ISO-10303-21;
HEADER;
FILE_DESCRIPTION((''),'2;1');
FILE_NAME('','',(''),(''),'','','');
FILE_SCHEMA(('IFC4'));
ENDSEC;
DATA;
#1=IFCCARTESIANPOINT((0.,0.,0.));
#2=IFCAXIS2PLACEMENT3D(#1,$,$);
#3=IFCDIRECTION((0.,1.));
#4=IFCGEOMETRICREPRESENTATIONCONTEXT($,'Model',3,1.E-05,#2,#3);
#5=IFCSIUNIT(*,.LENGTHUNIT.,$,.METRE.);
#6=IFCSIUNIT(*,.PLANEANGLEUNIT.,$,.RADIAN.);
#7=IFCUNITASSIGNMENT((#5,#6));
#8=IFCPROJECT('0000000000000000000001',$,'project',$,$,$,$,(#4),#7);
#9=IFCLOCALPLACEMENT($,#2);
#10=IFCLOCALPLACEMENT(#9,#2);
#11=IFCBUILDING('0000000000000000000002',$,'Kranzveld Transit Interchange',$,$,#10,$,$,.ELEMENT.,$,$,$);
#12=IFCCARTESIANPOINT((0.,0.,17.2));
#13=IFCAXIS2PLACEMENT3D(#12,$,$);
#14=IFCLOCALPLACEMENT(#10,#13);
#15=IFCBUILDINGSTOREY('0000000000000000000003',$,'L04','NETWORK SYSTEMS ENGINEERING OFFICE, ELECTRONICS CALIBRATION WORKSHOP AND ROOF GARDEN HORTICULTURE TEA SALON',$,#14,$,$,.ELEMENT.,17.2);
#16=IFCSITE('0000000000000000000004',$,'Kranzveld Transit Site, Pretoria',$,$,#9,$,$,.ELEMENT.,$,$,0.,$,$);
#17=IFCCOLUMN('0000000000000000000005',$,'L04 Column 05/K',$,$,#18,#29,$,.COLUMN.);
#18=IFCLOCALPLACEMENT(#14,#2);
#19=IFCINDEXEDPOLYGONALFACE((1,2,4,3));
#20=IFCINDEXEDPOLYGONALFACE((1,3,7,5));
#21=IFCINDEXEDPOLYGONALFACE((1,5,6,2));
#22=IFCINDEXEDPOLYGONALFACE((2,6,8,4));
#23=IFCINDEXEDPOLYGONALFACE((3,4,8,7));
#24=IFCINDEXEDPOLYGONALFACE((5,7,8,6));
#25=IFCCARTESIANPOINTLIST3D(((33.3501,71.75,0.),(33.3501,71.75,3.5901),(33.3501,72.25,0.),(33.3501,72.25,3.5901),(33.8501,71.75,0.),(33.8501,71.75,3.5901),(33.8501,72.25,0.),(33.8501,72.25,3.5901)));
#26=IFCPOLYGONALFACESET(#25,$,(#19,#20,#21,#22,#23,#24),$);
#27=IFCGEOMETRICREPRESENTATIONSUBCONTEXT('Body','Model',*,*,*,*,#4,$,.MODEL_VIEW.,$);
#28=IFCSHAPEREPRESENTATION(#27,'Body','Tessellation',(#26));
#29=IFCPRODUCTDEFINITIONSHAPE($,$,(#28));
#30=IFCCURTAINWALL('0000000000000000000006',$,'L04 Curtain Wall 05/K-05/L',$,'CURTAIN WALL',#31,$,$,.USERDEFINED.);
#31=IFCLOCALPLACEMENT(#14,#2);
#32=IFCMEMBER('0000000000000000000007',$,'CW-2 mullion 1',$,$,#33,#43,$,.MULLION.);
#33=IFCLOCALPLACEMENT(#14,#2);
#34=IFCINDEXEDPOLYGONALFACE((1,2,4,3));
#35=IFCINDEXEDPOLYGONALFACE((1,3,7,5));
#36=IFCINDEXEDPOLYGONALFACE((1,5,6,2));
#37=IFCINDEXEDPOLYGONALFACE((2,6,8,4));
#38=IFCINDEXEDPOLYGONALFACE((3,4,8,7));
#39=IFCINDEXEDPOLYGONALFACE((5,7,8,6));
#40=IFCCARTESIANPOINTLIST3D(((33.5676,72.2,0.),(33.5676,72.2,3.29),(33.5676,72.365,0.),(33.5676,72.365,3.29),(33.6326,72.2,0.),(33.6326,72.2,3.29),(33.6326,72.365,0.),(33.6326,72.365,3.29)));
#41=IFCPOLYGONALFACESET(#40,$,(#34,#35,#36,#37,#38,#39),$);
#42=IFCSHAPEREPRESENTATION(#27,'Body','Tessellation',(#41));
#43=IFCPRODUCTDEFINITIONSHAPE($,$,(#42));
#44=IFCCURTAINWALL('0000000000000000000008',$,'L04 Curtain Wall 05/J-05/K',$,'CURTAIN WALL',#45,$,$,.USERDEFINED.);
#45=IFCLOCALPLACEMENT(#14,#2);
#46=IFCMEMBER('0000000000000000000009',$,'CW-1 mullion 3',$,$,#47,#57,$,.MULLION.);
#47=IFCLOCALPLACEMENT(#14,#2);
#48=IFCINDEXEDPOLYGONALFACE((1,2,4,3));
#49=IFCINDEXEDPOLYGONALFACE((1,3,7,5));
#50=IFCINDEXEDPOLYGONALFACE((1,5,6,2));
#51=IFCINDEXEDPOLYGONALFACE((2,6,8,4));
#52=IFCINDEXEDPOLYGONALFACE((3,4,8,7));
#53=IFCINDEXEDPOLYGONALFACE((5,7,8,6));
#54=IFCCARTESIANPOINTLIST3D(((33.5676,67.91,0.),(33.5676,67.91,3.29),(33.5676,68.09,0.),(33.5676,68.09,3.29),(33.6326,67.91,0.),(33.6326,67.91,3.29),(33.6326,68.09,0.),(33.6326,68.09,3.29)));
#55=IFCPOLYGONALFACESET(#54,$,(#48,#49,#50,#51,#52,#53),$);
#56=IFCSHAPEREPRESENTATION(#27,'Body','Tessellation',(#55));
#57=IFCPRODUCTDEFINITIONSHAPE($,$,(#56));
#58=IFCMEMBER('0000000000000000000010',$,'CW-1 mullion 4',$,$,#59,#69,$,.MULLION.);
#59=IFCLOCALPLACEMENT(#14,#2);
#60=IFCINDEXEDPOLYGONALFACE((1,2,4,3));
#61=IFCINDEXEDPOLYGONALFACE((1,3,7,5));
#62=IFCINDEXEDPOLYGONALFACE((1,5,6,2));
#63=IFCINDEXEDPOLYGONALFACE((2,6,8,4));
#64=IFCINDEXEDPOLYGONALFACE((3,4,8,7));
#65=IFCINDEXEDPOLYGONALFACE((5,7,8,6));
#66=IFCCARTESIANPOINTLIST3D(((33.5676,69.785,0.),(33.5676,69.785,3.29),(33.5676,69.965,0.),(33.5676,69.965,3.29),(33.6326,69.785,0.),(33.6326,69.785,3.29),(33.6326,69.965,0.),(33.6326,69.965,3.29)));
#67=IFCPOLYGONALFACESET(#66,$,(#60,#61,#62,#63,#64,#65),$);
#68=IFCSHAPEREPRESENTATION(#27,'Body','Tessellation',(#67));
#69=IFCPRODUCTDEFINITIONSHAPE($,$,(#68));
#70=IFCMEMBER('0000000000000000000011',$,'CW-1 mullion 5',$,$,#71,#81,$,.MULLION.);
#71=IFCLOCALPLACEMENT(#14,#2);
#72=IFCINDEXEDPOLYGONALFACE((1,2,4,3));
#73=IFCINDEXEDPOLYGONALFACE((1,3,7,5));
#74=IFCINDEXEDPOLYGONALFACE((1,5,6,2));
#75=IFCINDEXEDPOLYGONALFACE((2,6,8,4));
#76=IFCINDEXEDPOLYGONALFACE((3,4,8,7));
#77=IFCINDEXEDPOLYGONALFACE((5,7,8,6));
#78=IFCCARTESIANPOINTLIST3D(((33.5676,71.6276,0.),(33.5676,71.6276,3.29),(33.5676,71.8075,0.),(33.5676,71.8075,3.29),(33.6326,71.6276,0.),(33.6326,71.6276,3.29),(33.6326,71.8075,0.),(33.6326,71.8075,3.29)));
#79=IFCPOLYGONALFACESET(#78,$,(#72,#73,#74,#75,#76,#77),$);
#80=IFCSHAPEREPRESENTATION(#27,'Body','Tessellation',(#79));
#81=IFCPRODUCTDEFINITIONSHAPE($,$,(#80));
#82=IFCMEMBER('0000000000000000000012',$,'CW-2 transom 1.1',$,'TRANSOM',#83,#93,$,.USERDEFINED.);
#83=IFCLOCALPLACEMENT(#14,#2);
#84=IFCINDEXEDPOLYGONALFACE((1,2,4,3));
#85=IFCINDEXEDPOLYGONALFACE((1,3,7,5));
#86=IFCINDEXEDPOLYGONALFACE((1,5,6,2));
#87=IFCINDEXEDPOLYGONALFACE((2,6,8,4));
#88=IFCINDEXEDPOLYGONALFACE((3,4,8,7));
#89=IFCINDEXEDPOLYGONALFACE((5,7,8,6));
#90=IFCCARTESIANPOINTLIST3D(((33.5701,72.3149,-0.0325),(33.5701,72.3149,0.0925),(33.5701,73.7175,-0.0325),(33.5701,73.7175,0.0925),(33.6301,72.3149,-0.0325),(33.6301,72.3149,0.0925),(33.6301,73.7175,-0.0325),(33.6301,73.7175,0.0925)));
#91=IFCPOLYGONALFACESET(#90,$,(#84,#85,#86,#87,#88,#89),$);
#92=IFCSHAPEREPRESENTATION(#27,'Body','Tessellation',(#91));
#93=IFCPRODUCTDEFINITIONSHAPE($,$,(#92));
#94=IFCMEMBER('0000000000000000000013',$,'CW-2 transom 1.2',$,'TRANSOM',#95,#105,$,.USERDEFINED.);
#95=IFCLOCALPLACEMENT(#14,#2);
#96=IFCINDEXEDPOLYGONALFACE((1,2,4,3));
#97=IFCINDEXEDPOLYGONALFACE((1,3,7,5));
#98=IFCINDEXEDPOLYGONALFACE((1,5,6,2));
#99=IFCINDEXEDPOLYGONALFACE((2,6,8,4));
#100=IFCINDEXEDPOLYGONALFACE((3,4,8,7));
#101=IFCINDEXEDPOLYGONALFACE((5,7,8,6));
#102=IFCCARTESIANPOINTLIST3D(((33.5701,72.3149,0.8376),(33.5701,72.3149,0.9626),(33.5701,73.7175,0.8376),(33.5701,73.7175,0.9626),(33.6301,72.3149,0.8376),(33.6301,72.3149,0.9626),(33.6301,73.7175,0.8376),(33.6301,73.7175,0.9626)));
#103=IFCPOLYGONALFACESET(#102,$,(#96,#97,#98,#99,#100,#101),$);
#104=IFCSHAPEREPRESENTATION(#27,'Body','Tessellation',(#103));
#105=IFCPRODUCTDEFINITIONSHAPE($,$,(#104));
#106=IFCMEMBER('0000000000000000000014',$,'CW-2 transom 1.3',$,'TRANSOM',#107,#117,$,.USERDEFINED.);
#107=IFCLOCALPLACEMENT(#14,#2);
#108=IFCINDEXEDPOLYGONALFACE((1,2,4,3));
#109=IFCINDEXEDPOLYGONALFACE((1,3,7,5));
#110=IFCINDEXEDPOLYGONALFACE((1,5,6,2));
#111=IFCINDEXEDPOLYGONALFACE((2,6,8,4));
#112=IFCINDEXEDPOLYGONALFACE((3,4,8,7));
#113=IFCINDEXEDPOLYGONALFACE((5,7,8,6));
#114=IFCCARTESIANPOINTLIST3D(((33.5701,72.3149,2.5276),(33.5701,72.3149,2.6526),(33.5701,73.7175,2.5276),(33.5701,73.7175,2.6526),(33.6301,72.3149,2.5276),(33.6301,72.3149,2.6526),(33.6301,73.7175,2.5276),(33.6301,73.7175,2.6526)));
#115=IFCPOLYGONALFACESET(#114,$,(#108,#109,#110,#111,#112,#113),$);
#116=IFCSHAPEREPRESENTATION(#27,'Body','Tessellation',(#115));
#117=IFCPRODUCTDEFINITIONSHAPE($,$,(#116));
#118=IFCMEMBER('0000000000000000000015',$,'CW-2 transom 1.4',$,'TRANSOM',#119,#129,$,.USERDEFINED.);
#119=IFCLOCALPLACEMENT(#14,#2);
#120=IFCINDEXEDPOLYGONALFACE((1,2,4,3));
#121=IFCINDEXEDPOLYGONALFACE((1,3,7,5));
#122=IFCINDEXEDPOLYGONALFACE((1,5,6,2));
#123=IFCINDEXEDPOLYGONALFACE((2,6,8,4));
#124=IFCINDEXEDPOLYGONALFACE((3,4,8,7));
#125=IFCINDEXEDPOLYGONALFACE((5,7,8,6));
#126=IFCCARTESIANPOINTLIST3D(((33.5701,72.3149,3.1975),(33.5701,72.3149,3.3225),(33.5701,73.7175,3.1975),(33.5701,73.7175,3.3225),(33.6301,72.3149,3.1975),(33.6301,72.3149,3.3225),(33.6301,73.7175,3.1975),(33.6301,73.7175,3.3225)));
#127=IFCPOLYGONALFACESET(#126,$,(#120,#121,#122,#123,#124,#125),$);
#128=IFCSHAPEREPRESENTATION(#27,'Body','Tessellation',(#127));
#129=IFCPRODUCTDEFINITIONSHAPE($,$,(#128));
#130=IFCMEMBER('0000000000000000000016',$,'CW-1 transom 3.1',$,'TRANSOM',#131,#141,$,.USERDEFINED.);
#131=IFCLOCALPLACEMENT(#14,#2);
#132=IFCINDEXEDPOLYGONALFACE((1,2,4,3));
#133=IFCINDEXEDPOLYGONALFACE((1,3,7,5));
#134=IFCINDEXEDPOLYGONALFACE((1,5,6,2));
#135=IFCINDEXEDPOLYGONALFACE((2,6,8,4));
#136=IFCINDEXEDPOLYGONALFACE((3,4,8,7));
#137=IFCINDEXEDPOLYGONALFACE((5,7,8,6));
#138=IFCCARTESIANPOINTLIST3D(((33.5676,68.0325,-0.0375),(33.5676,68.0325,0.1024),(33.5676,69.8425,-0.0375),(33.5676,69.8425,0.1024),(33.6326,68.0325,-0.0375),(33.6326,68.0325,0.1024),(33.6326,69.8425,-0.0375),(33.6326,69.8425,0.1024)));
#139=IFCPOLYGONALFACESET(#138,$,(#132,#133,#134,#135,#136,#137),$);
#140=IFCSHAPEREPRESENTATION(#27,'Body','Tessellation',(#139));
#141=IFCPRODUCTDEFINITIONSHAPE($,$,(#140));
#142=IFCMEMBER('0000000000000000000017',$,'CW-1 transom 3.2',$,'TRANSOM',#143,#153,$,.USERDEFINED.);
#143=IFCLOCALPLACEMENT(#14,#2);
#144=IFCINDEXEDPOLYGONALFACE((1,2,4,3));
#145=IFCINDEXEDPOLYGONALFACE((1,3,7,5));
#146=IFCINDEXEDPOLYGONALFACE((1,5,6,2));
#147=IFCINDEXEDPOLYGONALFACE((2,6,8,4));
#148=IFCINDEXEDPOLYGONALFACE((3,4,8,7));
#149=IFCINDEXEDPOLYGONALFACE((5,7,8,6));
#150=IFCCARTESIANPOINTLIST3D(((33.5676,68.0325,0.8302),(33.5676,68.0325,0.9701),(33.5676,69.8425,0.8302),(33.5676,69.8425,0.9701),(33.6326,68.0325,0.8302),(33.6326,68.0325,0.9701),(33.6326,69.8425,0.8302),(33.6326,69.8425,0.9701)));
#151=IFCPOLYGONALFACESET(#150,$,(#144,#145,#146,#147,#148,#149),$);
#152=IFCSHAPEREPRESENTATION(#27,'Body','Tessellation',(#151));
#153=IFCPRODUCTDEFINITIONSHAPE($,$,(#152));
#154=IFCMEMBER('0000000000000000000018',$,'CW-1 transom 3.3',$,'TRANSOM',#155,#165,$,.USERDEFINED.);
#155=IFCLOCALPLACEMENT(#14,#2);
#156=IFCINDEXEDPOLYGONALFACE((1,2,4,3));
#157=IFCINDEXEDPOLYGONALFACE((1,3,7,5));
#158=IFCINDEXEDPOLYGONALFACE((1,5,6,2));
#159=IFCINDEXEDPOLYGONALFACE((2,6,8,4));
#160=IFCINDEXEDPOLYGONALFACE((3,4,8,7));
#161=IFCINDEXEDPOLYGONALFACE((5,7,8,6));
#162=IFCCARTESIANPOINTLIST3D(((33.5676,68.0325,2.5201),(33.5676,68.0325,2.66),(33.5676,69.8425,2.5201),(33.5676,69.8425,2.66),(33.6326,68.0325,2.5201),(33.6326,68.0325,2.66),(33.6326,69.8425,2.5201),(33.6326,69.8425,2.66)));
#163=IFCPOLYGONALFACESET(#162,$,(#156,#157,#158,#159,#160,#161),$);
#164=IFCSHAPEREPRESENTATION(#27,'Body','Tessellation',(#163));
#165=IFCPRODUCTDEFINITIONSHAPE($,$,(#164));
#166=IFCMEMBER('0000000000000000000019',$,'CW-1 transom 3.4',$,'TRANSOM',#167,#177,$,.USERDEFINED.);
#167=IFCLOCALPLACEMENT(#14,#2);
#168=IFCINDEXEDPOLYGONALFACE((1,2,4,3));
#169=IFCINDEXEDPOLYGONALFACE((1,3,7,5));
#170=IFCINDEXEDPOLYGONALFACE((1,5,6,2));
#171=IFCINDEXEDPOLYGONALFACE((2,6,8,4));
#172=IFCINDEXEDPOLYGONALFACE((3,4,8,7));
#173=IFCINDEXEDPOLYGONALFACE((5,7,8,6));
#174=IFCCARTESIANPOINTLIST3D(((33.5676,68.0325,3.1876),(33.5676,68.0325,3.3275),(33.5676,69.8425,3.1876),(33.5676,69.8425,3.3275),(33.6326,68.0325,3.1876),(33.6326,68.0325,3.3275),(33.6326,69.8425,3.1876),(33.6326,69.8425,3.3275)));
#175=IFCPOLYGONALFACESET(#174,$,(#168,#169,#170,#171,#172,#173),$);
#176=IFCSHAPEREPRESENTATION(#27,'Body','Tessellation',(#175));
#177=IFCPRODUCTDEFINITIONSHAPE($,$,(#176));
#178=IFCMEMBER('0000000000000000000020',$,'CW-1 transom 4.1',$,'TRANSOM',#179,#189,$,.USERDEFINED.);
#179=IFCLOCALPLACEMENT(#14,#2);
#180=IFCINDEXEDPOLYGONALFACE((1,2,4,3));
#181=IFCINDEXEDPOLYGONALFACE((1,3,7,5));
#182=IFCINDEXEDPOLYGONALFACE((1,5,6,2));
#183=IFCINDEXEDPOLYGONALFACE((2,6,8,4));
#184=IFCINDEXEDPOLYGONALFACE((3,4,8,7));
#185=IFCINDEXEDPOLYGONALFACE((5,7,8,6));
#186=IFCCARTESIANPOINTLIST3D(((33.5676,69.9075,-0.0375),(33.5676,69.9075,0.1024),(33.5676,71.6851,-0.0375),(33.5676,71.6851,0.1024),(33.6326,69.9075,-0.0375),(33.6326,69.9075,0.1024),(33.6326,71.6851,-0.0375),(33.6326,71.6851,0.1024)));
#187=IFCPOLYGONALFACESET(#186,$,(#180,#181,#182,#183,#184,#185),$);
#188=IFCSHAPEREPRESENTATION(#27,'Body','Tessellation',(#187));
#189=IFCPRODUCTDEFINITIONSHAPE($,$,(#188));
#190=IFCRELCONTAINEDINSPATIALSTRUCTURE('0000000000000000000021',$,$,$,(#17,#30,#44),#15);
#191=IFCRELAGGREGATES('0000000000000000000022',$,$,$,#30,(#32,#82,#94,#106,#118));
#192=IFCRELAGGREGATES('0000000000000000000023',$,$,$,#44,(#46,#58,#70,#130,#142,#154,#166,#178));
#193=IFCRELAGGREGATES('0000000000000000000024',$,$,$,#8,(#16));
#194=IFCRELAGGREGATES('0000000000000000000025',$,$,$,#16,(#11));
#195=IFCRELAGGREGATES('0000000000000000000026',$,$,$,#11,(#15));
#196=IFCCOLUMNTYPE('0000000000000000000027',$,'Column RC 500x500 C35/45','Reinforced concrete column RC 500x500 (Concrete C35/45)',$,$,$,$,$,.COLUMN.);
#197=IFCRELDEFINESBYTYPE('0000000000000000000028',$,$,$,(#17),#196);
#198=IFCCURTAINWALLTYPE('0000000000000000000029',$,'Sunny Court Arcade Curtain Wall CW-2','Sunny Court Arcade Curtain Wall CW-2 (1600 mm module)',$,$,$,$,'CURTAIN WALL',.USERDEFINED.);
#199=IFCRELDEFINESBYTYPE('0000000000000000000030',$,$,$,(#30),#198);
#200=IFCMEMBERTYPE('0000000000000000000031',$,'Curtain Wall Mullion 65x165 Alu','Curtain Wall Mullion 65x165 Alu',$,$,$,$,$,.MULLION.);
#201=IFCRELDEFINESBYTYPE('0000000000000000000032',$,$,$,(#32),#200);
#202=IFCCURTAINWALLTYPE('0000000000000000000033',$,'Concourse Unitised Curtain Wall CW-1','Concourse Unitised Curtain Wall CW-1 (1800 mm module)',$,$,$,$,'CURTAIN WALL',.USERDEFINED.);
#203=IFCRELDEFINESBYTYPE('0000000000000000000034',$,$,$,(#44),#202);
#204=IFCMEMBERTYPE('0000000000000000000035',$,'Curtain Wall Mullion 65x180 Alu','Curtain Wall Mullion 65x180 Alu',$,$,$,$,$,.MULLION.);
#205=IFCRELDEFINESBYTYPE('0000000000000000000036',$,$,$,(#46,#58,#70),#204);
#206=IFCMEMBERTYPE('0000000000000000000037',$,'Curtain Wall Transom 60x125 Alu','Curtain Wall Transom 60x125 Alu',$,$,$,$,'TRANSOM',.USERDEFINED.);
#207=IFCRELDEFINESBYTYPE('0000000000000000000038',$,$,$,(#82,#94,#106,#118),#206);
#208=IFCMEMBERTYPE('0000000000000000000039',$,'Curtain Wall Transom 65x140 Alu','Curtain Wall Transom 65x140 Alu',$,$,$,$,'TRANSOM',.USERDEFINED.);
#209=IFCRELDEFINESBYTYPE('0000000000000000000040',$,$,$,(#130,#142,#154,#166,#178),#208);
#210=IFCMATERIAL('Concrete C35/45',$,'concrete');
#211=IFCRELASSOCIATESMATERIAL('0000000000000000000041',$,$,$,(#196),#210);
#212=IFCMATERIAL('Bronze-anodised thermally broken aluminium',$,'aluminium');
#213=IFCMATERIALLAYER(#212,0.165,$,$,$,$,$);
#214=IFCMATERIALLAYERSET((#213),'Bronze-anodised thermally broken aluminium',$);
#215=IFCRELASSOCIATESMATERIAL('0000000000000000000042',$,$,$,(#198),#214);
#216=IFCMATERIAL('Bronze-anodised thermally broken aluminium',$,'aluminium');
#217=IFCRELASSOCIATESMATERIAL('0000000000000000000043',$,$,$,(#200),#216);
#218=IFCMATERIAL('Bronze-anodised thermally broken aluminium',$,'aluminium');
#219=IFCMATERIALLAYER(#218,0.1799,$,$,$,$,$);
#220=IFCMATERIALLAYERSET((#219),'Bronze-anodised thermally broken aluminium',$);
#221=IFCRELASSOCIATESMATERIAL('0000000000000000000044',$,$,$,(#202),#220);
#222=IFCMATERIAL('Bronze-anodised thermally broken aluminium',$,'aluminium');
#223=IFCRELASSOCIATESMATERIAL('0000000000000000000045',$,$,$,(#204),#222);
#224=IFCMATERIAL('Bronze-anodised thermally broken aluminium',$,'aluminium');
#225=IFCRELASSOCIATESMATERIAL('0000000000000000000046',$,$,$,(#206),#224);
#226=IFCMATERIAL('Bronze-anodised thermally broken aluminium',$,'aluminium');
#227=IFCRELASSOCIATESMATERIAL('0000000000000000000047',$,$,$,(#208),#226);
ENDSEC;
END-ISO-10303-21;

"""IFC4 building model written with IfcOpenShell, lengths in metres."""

from ifc_helpers import new_model, si_unit, direction, frame, origin, origin_2d, place, context, subcontext, project, spatial, rectangle, extrude, material, layer, layer_set, material_profile, profile_set, type_object, element, aggregate, save


model = new_model("IFC4")

# Units and contexts
model_context = context("Model", 3, precision=1e-05, world=origin(), true_north=direction((0.0, 1.0)))
body_context = subcontext(model_context, "Body", "Model", "MODEL_VIEW")
ifc_project = project(units=[si_unit("LENGTHUNIT", "METRE"), si_unit("PLANEANGLEUNIT", "RADIAN")], contexts=[model_context])

# Site, building, storey
site_placement = place(None, origin())
site = spatial("IfcSite", under=ifc_project, at=site_placement, Name="Kranzveld Transit Site, Pretoria", CompositionType="ELEMENT", RefElevation=0.0)
building_placement = place(site_placement, origin())
building = spatial("IfcBuilding", under=site, at=building_placement, Name="Kranzveld Transit Interchange", CompositionType="ELEMENT")
storey_placement = place(building_placement, frame((0.0, 0.0, 17.2)))
storey = spatial("IfcBuildingStorey", under=building, at=storey_placement, Name="L04", Description="NETWORK SYSTEMS ENGINEERING OFFICE, ELECTRONICS CALIBRATION WORKSHOP AND ROOF GARDEN HORTICULTURE TEA SALON", CompositionType="ELEMENT", Elevation=17.2)

# Column
ifc_material_1 = material(Name="Concrete C35/45", Category="concrete")
ifc_material_profile_1 = material_profile(ifc_material_1, rectangle(XDim=0.5, YDim=0.5, at=origin_2d()), Name="RC 500x500")
ifc_profile_set_1 = profile_set([ifc_material_profile_1], Name="Concrete C35/45")
column_type = type_object("IfcColumnType", Name="Column RC 500x500 C35/45", Description="Reinforced concrete column RC 500x500 (Concrete C35/45)", PredefinedType="COLUMN", material=ifc_profile_set_1)
column_placement = place(storey_placement, frame((33.6001, 72.0, 0.0), z_axis=(0.0, 0.0, 1.0), x_axis=(1.0, 0.0, 0.0)))
element("IfcColumn", 1, at=column_placement, inside=storey, type_object=column_type, Name="L04 Column 05/K", PredefinedType="COLUMN", context=body_context, shape_type="SweptSolid", body=[
    extrude(rectangle(XDim=0.5, YDim=0.5, at=origin_2d()), origin(), (0.0, 0.0, 1.0), 3.5901),
])

# Curtain wall, member
ifc_material_2 = material(Name="Bronze-anodised thermally broken aluminium", Category="aluminium")
ifc_layer_1 = layer(ifc_material_2, 0.165)
ifc_layer_set_1 = layer_set([ifc_layer_1], Name="Bronze-anodised thermally broken aluminium")
curtain_wall_type_1 = type_object("IfcCurtainWallType", Name="Sunny Court Arcade Curtain Wall CW-2", Description="Sunny Court Arcade Curtain Wall CW-2 (1600 mm module)", ElementType="CURTAIN WALL", PredefinedType="USERDEFINED", material=ifc_layer_set_1)
curtain_wall_1_placement = place(storey_placement, origin())
curtain_wall_1 = element("IfcCurtainWall", 2, at=curtain_wall_1_placement, inside=storey, type_object=curtain_wall_type_1, Name="L04 Curtain Wall 05/K-05/L", ObjectType="CURTAIN WALL", PredefinedType="USERDEFINED")
ifc_material_3 = material(Name="Bronze-anodised thermally broken aluminium", Category="aluminium")
ifc_material_profile_2 = material_profile(ifc_material_3, rectangle(XDim=0.0649, YDim=0.165, at=origin_2d()), Name="ALU MULLION 65x165")
ifc_profile_set_2 = profile_set([ifc_material_profile_2], Name="Bronze-anodised thermally broken aluminium")
member_type_1 = type_object("IfcMemberType", Name="Curtain Wall Mullion 65x165 Alu", Description="Curtain Wall Mullion 65x165 Alu", PredefinedType="MULLION", material=ifc_profile_set_2)
member_1_placement = place(storey_placement, frame((33.6001, 72.2825, 0.0), z_axis=(0.0, 0.0, 1.0), x_axis=(-1.0, 0.0, 0.0)))
member_1 = element("IfcMember", 3, at=member_1_placement, type_object=member_type_1, Name="CW-2 mullion 1", PredefinedType="MULLION", context=body_context, shape_type="SweptSolid", body=[
    extrude(rectangle(XDim=0.0649, YDim=0.165, at=origin_2d()), origin(), (0.0, 0.0, 1.0), 3.29),
])

# Curtain wall, members
ifc_material_4 = material(Name="Bronze-anodised thermally broken aluminium", Category="aluminium")
ifc_layer_2 = layer(ifc_material_4, 0.1799)
ifc_layer_set_2 = layer_set([ifc_layer_2], Name="Bronze-anodised thermally broken aluminium")
curtain_wall_type_2 = type_object("IfcCurtainWallType", Name="Concourse Unitised Curtain Wall CW-1", Description="Concourse Unitised Curtain Wall CW-1 (1800 mm module)", ElementType="CURTAIN WALL", PredefinedType="USERDEFINED", material=ifc_layer_set_2)
curtain_wall_2_placement = place(storey_placement, origin())
curtain_wall_2 = element("IfcCurtainWall", 4, at=curtain_wall_2_placement, inside=storey, type_object=curtain_wall_type_2, Name="L04 Curtain Wall 05/J-05/K", ObjectType="CURTAIN WALL", PredefinedType="USERDEFINED")
ifc_material_5 = material(Name="Bronze-anodised thermally broken aluminium", Category="aluminium")
ifc_material_profile_3 = material_profile(ifc_material_5, rectangle(XDim=0.0649, YDim=0.1799, at=origin_2d()), Name="ALU MULLION 65x180")
ifc_profile_set_3 = profile_set([ifc_material_profile_3], Name="Bronze-anodised thermally broken aluminium")
member_type_2 = type_object("IfcMemberType", Name="Curtain Wall Mullion 65x180 Alu", Description="Curtain Wall Mullion 65x180 Alu", PredefinedType="MULLION", material=ifc_profile_set_3)
member_2_placement = place(storey_placement, frame((33.6001, 68.0, 0.0), z_axis=(0.0, 0.0, 1.0), x_axis=(-1.0, 0.0, 0.0)))
member_2 = element("IfcMember", 5, at=member_2_placement, type_object=member_type_2, Name="CW-1 mullion 3", PredefinedType="MULLION", context=body_context, shape_type="SweptSolid", body=[
    extrude(rectangle(XDim=0.0649, YDim=0.1799, at=origin_2d()), origin(), (0.0, 0.0, 1.0), 3.29),
])
member_3_placement = place(storey_placement, frame((33.6001, 69.875, 0.0), z_axis=(0.0, 0.0, 1.0), x_axis=(-1.0, 0.0, 0.0)))
member_3 = element("IfcMember", 6, at=member_3_placement, type_object=member_type_2, Name="CW-1 mullion 4", PredefinedType="MULLION", context=body_context, shape_type="SweptSolid", body=[
    extrude(rectangle(XDim=0.0649, YDim=0.1799, at=origin_2d()), origin(), (0.0, 0.0, 1.0), 3.29),
])
member_4_placement = place(storey_placement, frame((33.6001, 71.7175, 0.0), z_axis=(0.0, 0.0, 1.0), x_axis=(-1.0, 0.0, 0.0)))
member_4 = element("IfcMember", 7, at=member_4_placement, type_object=member_type_2, Name="CW-1 mullion 5", PredefinedType="MULLION", context=body_context, shape_type="SweptSolid", body=[
    extrude(rectangle(XDim=0.0649, YDim=0.1799, at=origin_2d()), origin(), (0.0, 0.0, 1.0), 3.29),
])

# Members
ifc_material_6 = material(Name="Bronze-anodised thermally broken aluminium", Category="aluminium")
ifc_material_profile_4 = material_profile(ifc_material_6, rectangle(XDim=0.0601, YDim=0.125, at=origin_2d()), Name="ALU TRANSOM 60x125")
ifc_profile_set_4 = profile_set([ifc_material_profile_4], Name="Bronze-anodised thermally broken aluminium")
member_type_3 = type_object("IfcMemberType", Name="Curtain Wall Transom 60x125 Alu", Description="Curtain Wall Transom 60x125 Alu", ElementType="TRANSOM", PredefinedType="USERDEFINED", material=ifc_profile_set_4)
member_5_placement = place(storey_placement, frame((33.6001, 72.3149, 0.03), z_axis=(0.0, 1.0, 0.0), x_axis=(-1.0, 0.0, 0.0)))
member_5 = element("IfcMember", 8, at=member_5_placement, type_object=member_type_3, Name="CW-2 transom 1.1", ObjectType="TRANSOM", PredefinedType="USERDEFINED", context=body_context, shape_type="SweptSolid", body=[
    extrude(rectangle(XDim=0.0601, YDim=0.125, at=origin_2d()), origin(), (0.0, 0.0, 1.0), 1.4026),
])
member_6_placement = place(storey_placement, frame((33.6001, 72.3149, 0.9001), z_axis=(0.0, 1.0, 0.0), x_axis=(-1.0, 0.0, 0.0)))
member_6 = element("IfcMember", 9, at=member_6_placement, type_object=member_type_3, Name="CW-2 transom 1.2", ObjectType="TRANSOM", PredefinedType="USERDEFINED", context=body_context, shape_type="SweptSolid", body=[
    extrude(rectangle(XDim=0.0601, YDim=0.125, at=origin_2d()), origin(), (0.0, 0.0, 1.0), 1.4026),
])
member_7_placement = place(storey_placement, frame((33.6001, 72.3149, 2.5901), z_axis=(0.0, 1.0, 0.0), x_axis=(-1.0, 0.0, 0.0)))
member_7 = element("IfcMember", 10, at=member_7_placement, type_object=member_type_3, Name="CW-2 transom 1.3", ObjectType="TRANSOM", PredefinedType="USERDEFINED", context=body_context, shape_type="SweptSolid", body=[
    extrude(rectangle(XDim=0.0601, YDim=0.125, at=origin_2d()), origin(), (0.0, 0.0, 1.0), 1.4026),
])
member_8_placement = place(storey_placement, frame((33.6001, 72.3149, 3.26), z_axis=(0.0, 1.0, 0.0), x_axis=(-1.0, 0.0, 0.0)))
member_8 = element("IfcMember", 11, at=member_8_placement, type_object=member_type_3, Name="CW-2 transom 1.4", ObjectType="TRANSOM", PredefinedType="USERDEFINED", context=body_context, shape_type="SweptSolid", body=[
    extrude(rectangle(XDim=0.0601, YDim=0.125, at=origin_2d()), origin(), (0.0, 0.0, 1.0), 1.4026),
])
ifc_material_7 = material(Name="Bronze-anodised thermally broken aluminium", Category="aluminium")
ifc_material_profile_5 = material_profile(ifc_material_7, rectangle(XDim=0.0649, YDim=0.1399, at=origin_2d()), Name="ALU TRANSOM 65x140")
ifc_profile_set_5 = profile_set([ifc_material_profile_5], Name="Bronze-anodised thermally broken aluminium")
member_type_4 = type_object("IfcMemberType", Name="Curtain Wall Transom 65x140 Alu", Description="Curtain Wall Transom 65x140 Alu", ElementType="TRANSOM", PredefinedType="USERDEFINED", material=ifc_profile_set_5)
member_9_placement = place(storey_placement, frame((33.6001, 68.0325, 0.0325), z_axis=(0.0, 1.0, 0.0), x_axis=(-1.0, 0.0, 0.0)))
member_9 = element("IfcMember", 12, at=member_9_placement, type_object=member_type_4, Name="CW-1 transom 3.1", ObjectType="TRANSOM", PredefinedType="USERDEFINED", context=body_context, shape_type="SweptSolid", body=[
    extrude(rectangle(XDim=0.0649, YDim=0.1399, at=origin_2d()), origin(), (0.0, 0.0, 1.0), 1.8101),
])
member_10_placement = place(storey_placement, frame((33.6001, 68.0325, 0.9001), z_axis=(0.0, 1.0, 0.0), x_axis=(-1.0, 0.0, 0.0)))
member_10 = element("IfcMember", 13, at=member_10_placement, type_object=member_type_4, Name="CW-1 transom 3.2", ObjectType="TRANSOM", PredefinedType="USERDEFINED", context=body_context, shape_type="SweptSolid", body=[
    extrude(rectangle(XDim=0.0649, YDim=0.1399, at=origin_2d()), origin(), (0.0, 0.0, 1.0), 1.8101),
])
member_11_placement = place(storey_placement, frame((33.6001, 68.0325, 2.5901), z_axis=(0.0, 1.0, 0.0), x_axis=(-1.0, 0.0, 0.0)))
member_11 = element("IfcMember", 14, at=member_11_placement, type_object=member_type_4, Name="CW-1 transom 3.3", ObjectType="TRANSOM", PredefinedType="USERDEFINED", context=body_context, shape_type="SweptSolid", body=[
    extrude(rectangle(XDim=0.0649, YDim=0.1399, at=origin_2d()), origin(), (0.0, 0.0, 1.0), 1.8101),
])
member_12_placement = place(storey_placement, frame((33.6001, 68.0325, 3.2576), z_axis=(0.0, 1.0, 0.0), x_axis=(-1.0, 0.0, 0.0)))
member_12 = element("IfcMember", 15, at=member_12_placement, type_object=member_type_4, Name="CW-1 transom 3.4", ObjectType="TRANSOM", PredefinedType="USERDEFINED", context=body_context, shape_type="SweptSolid", body=[
    extrude(rectangle(XDim=0.0649, YDim=0.1399, at=origin_2d()), origin(), (0.0, 0.0, 1.0), 1.8101),
])
member_13_placement = place(storey_placement, frame((33.6001, 69.9075, 0.0325), z_axis=(0.0, 1.0, 0.0), x_axis=(-1.0, 0.0, 0.0)))
member_13 = element("IfcMember", 16, at=member_13_placement, type_object=member_type_4, Name="CW-1 transom 4.1", ObjectType="TRANSOM", PredefinedType="USERDEFINED", context=body_context, shape_type="SweptSolid", body=[
    extrude(rectangle(XDim=0.0649, YDim=0.1399, at=origin_2d()), origin(), (0.0, 0.0, 1.0), 1.7776),
])

aggregate(curtain_wall_1, [member_1, member_5, member_6, member_7, member_8])
aggregate(curtain_wall_2, [member_2, member_3, member_4, member_9, member_10, member_11, member_12, member_13])

save(model, "model.ifc")
